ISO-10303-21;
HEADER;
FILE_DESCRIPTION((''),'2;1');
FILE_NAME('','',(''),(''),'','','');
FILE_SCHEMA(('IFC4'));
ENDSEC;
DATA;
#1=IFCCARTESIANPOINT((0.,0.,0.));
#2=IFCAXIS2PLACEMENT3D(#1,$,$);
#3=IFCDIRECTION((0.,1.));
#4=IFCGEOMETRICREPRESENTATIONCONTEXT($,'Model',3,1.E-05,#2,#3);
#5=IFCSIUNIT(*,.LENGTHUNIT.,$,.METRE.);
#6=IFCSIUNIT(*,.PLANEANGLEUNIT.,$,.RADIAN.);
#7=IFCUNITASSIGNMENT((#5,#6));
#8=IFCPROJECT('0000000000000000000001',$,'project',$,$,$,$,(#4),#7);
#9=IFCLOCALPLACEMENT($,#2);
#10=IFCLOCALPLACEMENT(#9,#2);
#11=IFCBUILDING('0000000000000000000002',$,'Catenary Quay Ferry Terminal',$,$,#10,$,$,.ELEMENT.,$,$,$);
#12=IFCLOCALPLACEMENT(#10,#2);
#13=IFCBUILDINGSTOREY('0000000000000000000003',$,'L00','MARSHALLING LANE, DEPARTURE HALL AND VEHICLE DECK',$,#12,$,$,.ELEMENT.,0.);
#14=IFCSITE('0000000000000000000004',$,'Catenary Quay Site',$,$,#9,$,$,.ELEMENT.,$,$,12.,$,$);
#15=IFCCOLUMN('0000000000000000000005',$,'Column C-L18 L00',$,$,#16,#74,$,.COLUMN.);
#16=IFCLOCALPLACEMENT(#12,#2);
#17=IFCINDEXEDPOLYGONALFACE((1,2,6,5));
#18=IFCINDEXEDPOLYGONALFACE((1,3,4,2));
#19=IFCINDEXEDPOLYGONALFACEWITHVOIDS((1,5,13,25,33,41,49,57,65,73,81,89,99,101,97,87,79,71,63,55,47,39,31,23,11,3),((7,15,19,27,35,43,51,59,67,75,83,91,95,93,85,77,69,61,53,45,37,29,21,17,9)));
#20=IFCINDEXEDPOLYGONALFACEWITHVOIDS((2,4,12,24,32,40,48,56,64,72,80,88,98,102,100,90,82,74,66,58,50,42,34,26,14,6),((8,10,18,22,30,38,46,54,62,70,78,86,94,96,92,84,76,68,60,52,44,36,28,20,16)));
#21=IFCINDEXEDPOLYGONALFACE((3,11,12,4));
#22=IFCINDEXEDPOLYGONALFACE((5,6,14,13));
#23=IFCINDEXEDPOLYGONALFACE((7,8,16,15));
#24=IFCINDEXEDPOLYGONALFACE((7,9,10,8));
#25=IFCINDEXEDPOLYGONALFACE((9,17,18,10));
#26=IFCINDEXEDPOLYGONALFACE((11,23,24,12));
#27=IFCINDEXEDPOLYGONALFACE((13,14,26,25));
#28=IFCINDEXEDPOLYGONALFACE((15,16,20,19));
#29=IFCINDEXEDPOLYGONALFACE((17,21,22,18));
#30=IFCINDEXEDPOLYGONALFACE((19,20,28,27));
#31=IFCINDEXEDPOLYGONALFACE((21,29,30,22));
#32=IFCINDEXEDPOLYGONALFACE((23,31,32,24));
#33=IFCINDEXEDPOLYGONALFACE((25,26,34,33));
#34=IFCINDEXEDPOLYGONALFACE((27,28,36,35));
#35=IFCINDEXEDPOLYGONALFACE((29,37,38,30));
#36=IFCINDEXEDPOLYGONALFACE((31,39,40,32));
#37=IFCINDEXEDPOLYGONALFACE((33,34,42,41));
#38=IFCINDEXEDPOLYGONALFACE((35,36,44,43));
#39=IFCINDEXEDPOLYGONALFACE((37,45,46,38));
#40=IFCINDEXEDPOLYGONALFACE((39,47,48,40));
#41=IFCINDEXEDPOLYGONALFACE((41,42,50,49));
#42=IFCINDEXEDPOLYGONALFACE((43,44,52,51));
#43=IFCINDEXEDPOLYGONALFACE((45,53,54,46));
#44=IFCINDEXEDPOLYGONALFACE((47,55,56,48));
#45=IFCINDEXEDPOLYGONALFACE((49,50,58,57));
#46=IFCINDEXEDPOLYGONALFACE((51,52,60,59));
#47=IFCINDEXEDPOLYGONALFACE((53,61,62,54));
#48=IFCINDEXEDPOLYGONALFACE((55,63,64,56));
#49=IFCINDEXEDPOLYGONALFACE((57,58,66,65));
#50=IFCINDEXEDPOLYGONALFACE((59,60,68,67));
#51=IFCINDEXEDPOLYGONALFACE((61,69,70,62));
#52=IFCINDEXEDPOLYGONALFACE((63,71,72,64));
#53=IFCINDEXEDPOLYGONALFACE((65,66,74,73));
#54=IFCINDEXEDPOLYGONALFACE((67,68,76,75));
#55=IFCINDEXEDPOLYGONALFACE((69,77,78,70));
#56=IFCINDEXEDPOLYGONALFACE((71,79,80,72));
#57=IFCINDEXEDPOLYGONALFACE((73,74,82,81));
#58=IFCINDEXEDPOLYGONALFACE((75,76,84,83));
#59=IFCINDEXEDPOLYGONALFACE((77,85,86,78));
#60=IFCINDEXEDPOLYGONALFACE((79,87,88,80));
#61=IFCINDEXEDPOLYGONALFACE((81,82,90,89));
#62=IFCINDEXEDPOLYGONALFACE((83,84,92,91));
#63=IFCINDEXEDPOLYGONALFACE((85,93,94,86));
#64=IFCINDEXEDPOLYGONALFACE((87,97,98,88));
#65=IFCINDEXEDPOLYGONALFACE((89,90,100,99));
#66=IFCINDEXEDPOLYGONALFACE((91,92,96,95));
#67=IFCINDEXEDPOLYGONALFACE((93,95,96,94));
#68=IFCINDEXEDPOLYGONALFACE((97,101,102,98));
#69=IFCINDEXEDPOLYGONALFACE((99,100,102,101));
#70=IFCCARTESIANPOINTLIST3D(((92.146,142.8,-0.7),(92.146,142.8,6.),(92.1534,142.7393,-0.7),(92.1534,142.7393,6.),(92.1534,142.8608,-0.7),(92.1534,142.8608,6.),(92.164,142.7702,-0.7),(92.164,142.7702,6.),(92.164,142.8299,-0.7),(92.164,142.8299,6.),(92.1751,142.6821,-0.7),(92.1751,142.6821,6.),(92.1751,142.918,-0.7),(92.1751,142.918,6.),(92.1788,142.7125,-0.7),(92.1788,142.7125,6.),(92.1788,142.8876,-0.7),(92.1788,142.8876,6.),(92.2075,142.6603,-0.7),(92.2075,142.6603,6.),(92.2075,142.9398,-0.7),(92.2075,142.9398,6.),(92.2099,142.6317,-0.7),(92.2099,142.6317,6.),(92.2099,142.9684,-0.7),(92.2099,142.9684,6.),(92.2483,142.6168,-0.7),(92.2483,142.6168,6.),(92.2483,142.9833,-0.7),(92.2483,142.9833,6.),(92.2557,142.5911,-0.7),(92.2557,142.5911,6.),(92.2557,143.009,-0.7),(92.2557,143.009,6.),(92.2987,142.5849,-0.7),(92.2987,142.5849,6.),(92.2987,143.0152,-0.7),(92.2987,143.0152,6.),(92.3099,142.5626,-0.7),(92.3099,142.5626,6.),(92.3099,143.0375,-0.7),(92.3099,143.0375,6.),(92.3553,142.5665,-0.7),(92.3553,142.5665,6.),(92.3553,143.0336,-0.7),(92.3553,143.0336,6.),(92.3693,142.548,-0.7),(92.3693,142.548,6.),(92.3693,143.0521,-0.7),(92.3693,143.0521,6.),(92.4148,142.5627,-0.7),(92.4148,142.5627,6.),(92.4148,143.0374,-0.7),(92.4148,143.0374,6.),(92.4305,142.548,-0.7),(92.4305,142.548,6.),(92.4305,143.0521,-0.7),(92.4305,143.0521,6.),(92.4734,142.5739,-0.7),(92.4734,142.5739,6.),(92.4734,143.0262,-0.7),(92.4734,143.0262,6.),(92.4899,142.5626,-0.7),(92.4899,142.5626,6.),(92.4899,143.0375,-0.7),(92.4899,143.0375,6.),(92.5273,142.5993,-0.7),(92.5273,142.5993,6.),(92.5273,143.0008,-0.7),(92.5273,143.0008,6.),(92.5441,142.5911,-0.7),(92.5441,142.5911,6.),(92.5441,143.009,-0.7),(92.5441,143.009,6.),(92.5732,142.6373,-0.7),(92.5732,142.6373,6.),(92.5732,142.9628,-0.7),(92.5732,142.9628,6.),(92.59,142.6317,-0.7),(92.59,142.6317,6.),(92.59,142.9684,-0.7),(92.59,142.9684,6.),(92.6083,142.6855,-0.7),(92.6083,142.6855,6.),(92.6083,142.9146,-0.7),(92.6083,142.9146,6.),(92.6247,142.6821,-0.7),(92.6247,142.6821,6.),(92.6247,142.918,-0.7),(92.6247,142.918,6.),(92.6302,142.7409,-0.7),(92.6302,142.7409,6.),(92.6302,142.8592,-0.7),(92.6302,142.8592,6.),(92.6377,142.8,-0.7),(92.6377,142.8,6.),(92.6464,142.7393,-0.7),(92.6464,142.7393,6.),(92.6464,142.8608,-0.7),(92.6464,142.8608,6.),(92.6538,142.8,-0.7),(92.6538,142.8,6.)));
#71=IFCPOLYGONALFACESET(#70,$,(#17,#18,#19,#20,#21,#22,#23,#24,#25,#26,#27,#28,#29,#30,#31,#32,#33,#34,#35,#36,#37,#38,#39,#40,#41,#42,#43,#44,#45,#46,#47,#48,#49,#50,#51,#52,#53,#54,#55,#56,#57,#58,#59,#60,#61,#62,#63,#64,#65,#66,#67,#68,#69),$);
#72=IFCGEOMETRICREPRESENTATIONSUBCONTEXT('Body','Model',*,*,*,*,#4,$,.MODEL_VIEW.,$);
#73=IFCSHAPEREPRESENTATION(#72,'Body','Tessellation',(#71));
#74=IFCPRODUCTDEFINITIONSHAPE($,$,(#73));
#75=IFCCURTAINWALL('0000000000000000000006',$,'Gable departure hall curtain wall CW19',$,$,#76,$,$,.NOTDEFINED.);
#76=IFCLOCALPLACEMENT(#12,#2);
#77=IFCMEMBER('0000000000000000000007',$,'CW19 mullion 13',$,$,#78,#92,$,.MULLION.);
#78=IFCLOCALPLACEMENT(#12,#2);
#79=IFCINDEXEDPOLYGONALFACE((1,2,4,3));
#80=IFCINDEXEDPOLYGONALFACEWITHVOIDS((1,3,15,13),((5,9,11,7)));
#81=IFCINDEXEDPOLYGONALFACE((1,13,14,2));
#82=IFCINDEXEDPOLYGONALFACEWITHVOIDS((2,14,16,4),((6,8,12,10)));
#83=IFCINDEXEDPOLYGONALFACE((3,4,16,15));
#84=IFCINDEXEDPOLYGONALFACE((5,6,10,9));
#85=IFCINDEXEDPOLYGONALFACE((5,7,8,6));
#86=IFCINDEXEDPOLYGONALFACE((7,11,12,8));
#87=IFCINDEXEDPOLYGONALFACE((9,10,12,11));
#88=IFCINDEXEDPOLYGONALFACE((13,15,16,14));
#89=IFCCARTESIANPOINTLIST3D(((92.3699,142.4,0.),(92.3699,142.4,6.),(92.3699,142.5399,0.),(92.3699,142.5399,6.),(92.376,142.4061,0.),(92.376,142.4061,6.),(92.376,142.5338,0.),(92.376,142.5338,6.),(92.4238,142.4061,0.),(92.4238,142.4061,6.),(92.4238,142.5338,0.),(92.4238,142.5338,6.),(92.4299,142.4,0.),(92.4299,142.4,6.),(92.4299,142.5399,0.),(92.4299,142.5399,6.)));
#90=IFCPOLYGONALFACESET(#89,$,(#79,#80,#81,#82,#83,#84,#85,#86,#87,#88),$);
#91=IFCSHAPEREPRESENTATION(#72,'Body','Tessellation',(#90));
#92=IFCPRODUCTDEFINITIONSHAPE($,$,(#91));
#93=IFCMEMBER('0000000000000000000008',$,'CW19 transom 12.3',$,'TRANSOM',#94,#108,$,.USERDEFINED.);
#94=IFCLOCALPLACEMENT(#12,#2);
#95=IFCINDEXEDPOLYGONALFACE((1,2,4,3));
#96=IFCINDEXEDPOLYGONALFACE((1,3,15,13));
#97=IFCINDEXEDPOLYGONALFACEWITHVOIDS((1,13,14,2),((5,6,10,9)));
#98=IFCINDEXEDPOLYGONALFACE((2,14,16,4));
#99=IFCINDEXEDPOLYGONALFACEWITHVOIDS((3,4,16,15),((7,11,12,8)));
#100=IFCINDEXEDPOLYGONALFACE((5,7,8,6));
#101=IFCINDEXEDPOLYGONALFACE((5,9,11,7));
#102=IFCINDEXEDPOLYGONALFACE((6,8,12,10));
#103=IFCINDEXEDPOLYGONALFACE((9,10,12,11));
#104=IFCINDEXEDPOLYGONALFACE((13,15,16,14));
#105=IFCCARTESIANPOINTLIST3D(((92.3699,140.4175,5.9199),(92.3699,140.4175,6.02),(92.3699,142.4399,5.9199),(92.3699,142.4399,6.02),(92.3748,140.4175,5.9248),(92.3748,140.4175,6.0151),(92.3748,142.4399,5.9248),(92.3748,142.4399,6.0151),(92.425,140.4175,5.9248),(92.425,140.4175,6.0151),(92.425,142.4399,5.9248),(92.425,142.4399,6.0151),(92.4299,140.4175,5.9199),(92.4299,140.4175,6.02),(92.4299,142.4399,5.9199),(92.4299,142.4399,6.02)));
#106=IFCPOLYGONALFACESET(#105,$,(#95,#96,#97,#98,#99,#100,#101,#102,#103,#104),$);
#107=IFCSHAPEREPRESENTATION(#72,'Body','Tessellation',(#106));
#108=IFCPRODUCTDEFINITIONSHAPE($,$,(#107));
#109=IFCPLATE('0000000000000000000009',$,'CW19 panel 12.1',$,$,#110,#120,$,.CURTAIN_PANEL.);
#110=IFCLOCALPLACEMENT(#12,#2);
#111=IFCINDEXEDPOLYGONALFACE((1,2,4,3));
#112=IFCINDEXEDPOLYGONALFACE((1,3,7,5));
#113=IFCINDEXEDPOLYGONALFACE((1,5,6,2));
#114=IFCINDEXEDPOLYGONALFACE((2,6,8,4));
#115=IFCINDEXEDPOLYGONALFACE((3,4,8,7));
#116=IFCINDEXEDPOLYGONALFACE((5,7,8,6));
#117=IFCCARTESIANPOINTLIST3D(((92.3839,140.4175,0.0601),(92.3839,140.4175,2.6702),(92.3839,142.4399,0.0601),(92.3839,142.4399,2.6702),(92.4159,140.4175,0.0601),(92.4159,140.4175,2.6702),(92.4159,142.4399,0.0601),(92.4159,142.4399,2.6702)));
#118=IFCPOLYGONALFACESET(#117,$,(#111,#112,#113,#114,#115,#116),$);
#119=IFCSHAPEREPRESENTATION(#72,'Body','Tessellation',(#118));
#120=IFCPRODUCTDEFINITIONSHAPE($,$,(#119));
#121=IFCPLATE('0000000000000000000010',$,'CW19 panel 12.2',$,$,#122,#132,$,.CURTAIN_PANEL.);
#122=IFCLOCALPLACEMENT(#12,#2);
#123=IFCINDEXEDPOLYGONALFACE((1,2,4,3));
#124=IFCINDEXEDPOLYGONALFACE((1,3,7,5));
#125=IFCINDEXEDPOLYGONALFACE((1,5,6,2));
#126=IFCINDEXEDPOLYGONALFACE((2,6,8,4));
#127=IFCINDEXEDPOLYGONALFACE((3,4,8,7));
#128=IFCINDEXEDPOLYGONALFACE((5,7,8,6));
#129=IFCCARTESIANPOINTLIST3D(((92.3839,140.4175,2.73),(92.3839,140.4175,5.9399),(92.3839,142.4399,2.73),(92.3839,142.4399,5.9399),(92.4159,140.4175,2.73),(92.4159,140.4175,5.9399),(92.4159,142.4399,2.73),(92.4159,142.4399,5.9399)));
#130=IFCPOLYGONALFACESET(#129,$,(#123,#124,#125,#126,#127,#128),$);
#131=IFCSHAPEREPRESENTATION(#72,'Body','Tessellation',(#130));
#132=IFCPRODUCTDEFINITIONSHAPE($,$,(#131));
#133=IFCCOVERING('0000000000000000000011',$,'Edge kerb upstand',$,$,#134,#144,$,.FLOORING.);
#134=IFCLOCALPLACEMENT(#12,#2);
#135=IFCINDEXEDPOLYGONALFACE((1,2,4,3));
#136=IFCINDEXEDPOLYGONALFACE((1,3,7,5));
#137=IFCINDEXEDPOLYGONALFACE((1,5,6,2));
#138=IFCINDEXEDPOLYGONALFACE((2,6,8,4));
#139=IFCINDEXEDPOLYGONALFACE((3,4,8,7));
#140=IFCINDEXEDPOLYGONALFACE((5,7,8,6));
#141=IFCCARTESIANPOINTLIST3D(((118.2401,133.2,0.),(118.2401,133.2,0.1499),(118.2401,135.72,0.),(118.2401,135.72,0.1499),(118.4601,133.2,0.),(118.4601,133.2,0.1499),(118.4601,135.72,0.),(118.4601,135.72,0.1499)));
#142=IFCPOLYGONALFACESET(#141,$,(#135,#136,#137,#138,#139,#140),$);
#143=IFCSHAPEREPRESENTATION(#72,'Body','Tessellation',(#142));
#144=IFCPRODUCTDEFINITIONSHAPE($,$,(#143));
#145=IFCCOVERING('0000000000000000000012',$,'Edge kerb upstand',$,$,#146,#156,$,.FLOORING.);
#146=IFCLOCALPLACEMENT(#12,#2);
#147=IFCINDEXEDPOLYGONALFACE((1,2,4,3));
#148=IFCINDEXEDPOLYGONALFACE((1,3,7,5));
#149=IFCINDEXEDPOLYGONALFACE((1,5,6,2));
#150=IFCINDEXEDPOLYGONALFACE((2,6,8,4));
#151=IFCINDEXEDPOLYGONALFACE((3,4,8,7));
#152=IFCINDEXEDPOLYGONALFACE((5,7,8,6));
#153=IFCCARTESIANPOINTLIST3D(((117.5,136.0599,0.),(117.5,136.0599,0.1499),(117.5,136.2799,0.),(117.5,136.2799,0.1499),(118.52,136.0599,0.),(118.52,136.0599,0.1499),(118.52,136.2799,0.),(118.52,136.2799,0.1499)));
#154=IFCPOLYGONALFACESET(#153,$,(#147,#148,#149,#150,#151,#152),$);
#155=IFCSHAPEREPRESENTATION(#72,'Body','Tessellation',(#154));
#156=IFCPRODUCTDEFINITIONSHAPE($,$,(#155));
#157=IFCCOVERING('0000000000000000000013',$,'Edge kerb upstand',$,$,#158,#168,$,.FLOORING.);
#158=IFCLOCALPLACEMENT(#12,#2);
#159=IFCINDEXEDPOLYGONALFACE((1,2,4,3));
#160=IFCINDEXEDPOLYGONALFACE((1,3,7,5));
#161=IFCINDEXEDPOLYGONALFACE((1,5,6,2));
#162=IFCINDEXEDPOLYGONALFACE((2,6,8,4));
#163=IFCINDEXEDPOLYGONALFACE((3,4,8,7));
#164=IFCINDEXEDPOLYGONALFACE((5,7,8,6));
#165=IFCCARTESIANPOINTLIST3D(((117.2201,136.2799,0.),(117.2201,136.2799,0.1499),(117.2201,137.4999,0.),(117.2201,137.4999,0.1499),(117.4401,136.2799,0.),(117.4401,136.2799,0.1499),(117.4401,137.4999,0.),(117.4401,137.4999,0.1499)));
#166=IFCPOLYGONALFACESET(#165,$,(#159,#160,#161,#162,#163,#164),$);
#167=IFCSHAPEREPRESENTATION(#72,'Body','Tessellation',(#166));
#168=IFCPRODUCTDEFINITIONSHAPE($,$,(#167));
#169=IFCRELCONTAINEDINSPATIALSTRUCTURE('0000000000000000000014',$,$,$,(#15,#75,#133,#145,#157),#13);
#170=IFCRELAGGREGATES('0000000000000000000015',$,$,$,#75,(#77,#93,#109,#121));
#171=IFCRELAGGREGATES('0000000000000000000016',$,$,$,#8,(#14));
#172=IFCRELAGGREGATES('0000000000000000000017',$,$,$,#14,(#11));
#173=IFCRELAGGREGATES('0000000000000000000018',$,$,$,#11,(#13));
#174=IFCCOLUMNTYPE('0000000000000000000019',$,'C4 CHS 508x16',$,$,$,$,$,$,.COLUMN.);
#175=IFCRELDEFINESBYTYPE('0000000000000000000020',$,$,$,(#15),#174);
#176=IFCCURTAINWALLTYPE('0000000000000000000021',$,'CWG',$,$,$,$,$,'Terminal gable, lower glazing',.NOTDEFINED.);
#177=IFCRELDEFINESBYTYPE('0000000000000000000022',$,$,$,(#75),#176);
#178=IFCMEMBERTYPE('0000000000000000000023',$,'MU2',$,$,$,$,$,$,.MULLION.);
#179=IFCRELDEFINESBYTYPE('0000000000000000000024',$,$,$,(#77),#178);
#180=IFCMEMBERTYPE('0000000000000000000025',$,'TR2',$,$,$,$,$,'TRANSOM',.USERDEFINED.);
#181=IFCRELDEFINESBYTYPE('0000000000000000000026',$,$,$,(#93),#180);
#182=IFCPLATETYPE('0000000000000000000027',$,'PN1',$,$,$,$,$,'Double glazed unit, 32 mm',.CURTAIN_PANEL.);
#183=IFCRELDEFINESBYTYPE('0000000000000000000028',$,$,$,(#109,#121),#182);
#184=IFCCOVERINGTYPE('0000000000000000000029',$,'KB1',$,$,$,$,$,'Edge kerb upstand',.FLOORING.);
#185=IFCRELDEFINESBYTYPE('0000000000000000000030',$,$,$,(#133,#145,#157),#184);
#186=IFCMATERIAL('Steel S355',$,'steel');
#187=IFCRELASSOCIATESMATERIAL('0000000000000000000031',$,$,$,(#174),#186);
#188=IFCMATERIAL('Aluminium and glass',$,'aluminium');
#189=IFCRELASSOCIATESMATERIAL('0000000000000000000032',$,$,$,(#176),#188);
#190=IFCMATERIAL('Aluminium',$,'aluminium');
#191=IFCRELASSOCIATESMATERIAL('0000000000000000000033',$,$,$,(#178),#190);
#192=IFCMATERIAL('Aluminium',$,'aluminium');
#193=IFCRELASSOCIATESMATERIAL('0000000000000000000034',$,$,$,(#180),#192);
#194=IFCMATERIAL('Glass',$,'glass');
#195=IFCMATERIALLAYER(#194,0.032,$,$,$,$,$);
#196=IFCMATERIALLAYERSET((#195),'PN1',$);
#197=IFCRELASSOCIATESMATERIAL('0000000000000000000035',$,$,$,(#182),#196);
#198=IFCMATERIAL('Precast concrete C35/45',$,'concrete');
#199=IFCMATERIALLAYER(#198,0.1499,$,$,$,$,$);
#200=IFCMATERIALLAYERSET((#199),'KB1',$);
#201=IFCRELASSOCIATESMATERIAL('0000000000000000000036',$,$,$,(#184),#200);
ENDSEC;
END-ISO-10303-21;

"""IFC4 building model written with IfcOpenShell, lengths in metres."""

from ifc_helpers import new_model, si_unit, direction, frame, origin, origin_2d, place, context, subcontext, project, spatial, rectangle, hollow_rectangle, hollow_circle, extrude, material, layer, layer_set, material_profile, profile_set, type_object, element, aggregate, save


model = new_model("IFC4")

# Units and contexts
model_context = context("Model", 3, precision=1e-05, world=origin(), true_north=direction((0.0, 1.0)))
body_context = subcontext(model_context, "Body", "Model", "MODEL_VIEW")
ifc_project = project(units=[si_unit("LENGTHUNIT", "METRE"), si_unit("PLANEANGLEUNIT", "RADIAN")], contexts=[model_context])

# Site, building, storey
site_placement = place(None, origin())
site = spatial("IfcSite", under=ifc_project, at=site_placement, Name="Catenary Quay Site", CompositionType="ELEMENT", RefElevation=12.0)
building_placement = place(site_placement, origin())
building = spatial("IfcBuilding", under=site, at=building_placement, Name="Catenary Quay Ferry Terminal", CompositionType="ELEMENT")
storey_placement = place(building_placement, origin())
storey = spatial("IfcBuildingStorey", under=building, at=storey_placement, Name="L00", Description="MARSHALLING LANE, DEPARTURE HALL AND VEHICLE DECK", CompositionType="ELEMENT", Elevation=0.0)

# Column
ifc_material_1 = material(Name="Steel S355", Category="steel")
ifc_material_profile_1 = material_profile(ifc_material_1, hollow_circle(Radius=0.2539, WallThickness=0.0161, at=origin_2d()), Name="CHS 508x16")
ifc_profile_set_1 = profile_set([ifc_material_profile_1], Name="Steel S355")
column_type = type_object("IfcColumnType", Name="C4 CHS 508x16", PredefinedType="COLUMN", material=ifc_profile_set_1)
column_placement = place(storey_placement, frame((92.3999, 142.8, -0.7), z_axis=(0.0, 0.0, 1.0), x_axis=(1.0, 0.0, 0.0)))
element("IfcColumn", 1, at=column_placement, inside=storey, type_object=column_type, Name="Column C-L18 L00", PredefinedType="COLUMN", context=body_context, shape_type="SweptSolid", body=[
    extrude(hollow_circle(Radius=0.2539, WallThickness=0.0161, at=origin_2d()), origin(), (0.0, 0.0, 1.0), 6.7),
])

# Curtain wall, members, plates
ifc_material_2 = material(Name="Aluminium and glass", Category="aluminium")
curtain_wall_type = type_object("IfcCurtainWallType", Name="CWG", ElementType="Terminal gable, lower glazing", PredefinedType="NOTDEFINED", material=ifc_material_2)
curtain_wall_placement = place(storey_placement, origin())
curtain_wall = element("IfcCurtainWall", 2, at=curtain_wall_placement, inside=storey, type_object=curtain_wall_type, Name="Gable departure hall curtain wall CW19", PredefinedType="NOTDEFINED")
ifc_material_3 = material(Name="Aluminium", Category="aluminium")
ifc_material_profile_2 = material_profile(ifc_material_3, hollow_rectangle(XDim=0.0601, YDim=0.1399, WallThickness=0.0061, at=origin_2d()), Name="MU2")
ifc_profile_set_2 = profile_set([ifc_material_profile_2], Name="Aluminium")
member_type_1 = type_object("IfcMemberType", Name="MU2", PredefinedType="MULLION", material=ifc_profile_set_2)
member_1_placement = place(storey_placement, frame((92.3999, 142.47, 0.0), z_axis=(0.0, 0.0, 1.0), x_axis=(-1.0, 0.0, 0.0)))
member_1 = element("IfcMember", 3, at=member_1_placement, type_object=member_type_1, Name="CW19 mullion 13", PredefinedType="MULLION", context=body_context, shape_type="SweptSolid", body=[
    extrude(hollow_rectangle(XDim=0.0601, YDim=0.1399, WallThickness=0.0061, at=origin_2d()), origin(), (0.0, 0.0, 1.0), 6.0),
])
ifc_material_4 = material(Name="Aluminium", Category="aluminium")
ifc_material_profile_3 = material_profile(ifc_material_4, hollow_rectangle(XDim=0.0601, YDim=0.1001, WallThickness=0.0049, at=origin_2d()), Name="TR2")
ifc_profile_set_3 = profile_set([ifc_material_profile_3], Name="Aluminium")
member_type_2 = type_object("IfcMemberType", Name="TR2", ElementType="TRANSOM", PredefinedType="USERDEFINED", material=ifc_profile_set_3)
member_2_placement = place(storey_placement, frame((92.3999, 140.4175, 5.97), z_axis=(0.0, 1.0, 0.0), x_axis=(-1.0, 0.0, 0.0)))
member_2 = element("IfcMember", 4, at=member_2_placement, type_object=member_type_2, Name="CW19 transom 12.3", ObjectType="TRANSOM", PredefinedType="USERDEFINED", context=body_context, shape_type="SweptSolid", body=[
    extrude(hollow_rectangle(XDim=0.0601, YDim=0.1001, WallThickness=0.0049, at=origin_2d()), origin(), (0.0, 0.0, 1.0), 2.0225),
])
ifc_material_5 = material(Name="Glass", Category="glass")
ifc_layer_1 = layer(ifc_material_5, 0.032)
ifc_layer_set_1 = layer_set([ifc_layer_1], Name="PN1")
plate_type = type_object("IfcPlateType", Name="PN1", ElementType="Double glazed unit, 32 mm", PredefinedType="CURTAIN_PANEL", material=ifc_layer_set_1)
plate_1_placement = place(storey_placement, frame((92.3999, 141.4287, 0.0601), z_axis=(0.0, 0.0, 1.0), x_axis=(0.0, 1.0, 0.0)))
plate_1 = element("IfcPlate", 5, at=plate_1_placement, type_object=plate_type, Name="CW19 panel 12.1", PredefinedType="CURTAIN_PANEL", context=body_context, shape_type="SweptSolid", body=[
    extrude(rectangle(XDim=2.0225, YDim=0.032, at=origin_2d()), origin(), (0.0, 0.0, 1.0), 2.6101),
])
plate_2_placement = place(storey_placement, frame((92.3999, 141.4287, 2.73), z_axis=(0.0, 0.0, 1.0), x_axis=(0.0, 1.0, 0.0)))
plate_2 = element("IfcPlate", 6, at=plate_2_placement, type_object=plate_type, Name="CW19 panel 12.2", PredefinedType="CURTAIN_PANEL", context=body_context, shape_type="SweptSolid", body=[
    extrude(rectangle(XDim=2.0225, YDim=0.032, at=origin_2d()), origin(), (0.0, 0.0, 1.0), 3.21),
])
aggregate(curtain_wall, [member_1, member_2, plate_1, plate_2])

# Coverings
ifc_material_6 = material(Name="Precast concrete C35/45", Category="concrete")
ifc_layer_2 = layer(ifc_material_6, 0.1499)
ifc_layer_set_2 = layer_set([ifc_layer_2], Name="KB1")
covering_type = type_object("IfcCoveringType", Name="KB1", ElementType="Edge kerb upstand", PredefinedType="FLOORING", material=ifc_layer_set_2)
covering_1_placement = place(storey_placement, frame((118.3501, 134.46, 0.0), z_axis=(0.0, 0.0, 1.0), x_axis=(1.0, 0.0, 0.0)))
element("IfcCovering", 7, at=covering_1_placement, inside=storey, type_object=covering_type, Name="Edge kerb upstand", PredefinedType="FLOORING", context=body_context, shape_type="SweptSolid", body=[
    extrude(rectangle(XDim=0.22, YDim=2.52, at=origin_2d()), origin(), (0.0, 0.0, 1.0), 0.1499),
])
covering_2_placement = place(storey_placement, frame((118.01, 136.1699, 0.0), z_axis=(0.0, 0.0, 1.0), x_axis=(1.0, 0.0, 0.0)))
element("IfcCovering", 8, at=covering_2_placement, inside=storey, type_object=covering_type, Name="Edge kerb upstand", PredefinedType="FLOORING", context=body_context, shape_type="SweptSolid", body=[
    extrude(rectangle(XDim=1.02, YDim=0.22, at=origin_2d()), origin(), (0.0, 0.0, 1.0), 0.1499),
])
covering_3_placement = place(storey_placement, frame((117.3301, 136.8899, 0.0), z_axis=(0.0, 0.0, 1.0), x_axis=(1.0, 0.0, 0.0)))
element("IfcCovering", 9, at=covering_3_placement, inside=storey, type_object=covering_type, Name="Edge kerb upstand", PredefinedType="FLOORING", context=body_context, shape_type="SweptSolid", body=[
    extrude(rectangle(XDim=0.22, YDim=1.22, at=origin_2d()), origin(), (0.0, 0.0, 1.0), 0.1499),
])

save(model, "model.ifc")
